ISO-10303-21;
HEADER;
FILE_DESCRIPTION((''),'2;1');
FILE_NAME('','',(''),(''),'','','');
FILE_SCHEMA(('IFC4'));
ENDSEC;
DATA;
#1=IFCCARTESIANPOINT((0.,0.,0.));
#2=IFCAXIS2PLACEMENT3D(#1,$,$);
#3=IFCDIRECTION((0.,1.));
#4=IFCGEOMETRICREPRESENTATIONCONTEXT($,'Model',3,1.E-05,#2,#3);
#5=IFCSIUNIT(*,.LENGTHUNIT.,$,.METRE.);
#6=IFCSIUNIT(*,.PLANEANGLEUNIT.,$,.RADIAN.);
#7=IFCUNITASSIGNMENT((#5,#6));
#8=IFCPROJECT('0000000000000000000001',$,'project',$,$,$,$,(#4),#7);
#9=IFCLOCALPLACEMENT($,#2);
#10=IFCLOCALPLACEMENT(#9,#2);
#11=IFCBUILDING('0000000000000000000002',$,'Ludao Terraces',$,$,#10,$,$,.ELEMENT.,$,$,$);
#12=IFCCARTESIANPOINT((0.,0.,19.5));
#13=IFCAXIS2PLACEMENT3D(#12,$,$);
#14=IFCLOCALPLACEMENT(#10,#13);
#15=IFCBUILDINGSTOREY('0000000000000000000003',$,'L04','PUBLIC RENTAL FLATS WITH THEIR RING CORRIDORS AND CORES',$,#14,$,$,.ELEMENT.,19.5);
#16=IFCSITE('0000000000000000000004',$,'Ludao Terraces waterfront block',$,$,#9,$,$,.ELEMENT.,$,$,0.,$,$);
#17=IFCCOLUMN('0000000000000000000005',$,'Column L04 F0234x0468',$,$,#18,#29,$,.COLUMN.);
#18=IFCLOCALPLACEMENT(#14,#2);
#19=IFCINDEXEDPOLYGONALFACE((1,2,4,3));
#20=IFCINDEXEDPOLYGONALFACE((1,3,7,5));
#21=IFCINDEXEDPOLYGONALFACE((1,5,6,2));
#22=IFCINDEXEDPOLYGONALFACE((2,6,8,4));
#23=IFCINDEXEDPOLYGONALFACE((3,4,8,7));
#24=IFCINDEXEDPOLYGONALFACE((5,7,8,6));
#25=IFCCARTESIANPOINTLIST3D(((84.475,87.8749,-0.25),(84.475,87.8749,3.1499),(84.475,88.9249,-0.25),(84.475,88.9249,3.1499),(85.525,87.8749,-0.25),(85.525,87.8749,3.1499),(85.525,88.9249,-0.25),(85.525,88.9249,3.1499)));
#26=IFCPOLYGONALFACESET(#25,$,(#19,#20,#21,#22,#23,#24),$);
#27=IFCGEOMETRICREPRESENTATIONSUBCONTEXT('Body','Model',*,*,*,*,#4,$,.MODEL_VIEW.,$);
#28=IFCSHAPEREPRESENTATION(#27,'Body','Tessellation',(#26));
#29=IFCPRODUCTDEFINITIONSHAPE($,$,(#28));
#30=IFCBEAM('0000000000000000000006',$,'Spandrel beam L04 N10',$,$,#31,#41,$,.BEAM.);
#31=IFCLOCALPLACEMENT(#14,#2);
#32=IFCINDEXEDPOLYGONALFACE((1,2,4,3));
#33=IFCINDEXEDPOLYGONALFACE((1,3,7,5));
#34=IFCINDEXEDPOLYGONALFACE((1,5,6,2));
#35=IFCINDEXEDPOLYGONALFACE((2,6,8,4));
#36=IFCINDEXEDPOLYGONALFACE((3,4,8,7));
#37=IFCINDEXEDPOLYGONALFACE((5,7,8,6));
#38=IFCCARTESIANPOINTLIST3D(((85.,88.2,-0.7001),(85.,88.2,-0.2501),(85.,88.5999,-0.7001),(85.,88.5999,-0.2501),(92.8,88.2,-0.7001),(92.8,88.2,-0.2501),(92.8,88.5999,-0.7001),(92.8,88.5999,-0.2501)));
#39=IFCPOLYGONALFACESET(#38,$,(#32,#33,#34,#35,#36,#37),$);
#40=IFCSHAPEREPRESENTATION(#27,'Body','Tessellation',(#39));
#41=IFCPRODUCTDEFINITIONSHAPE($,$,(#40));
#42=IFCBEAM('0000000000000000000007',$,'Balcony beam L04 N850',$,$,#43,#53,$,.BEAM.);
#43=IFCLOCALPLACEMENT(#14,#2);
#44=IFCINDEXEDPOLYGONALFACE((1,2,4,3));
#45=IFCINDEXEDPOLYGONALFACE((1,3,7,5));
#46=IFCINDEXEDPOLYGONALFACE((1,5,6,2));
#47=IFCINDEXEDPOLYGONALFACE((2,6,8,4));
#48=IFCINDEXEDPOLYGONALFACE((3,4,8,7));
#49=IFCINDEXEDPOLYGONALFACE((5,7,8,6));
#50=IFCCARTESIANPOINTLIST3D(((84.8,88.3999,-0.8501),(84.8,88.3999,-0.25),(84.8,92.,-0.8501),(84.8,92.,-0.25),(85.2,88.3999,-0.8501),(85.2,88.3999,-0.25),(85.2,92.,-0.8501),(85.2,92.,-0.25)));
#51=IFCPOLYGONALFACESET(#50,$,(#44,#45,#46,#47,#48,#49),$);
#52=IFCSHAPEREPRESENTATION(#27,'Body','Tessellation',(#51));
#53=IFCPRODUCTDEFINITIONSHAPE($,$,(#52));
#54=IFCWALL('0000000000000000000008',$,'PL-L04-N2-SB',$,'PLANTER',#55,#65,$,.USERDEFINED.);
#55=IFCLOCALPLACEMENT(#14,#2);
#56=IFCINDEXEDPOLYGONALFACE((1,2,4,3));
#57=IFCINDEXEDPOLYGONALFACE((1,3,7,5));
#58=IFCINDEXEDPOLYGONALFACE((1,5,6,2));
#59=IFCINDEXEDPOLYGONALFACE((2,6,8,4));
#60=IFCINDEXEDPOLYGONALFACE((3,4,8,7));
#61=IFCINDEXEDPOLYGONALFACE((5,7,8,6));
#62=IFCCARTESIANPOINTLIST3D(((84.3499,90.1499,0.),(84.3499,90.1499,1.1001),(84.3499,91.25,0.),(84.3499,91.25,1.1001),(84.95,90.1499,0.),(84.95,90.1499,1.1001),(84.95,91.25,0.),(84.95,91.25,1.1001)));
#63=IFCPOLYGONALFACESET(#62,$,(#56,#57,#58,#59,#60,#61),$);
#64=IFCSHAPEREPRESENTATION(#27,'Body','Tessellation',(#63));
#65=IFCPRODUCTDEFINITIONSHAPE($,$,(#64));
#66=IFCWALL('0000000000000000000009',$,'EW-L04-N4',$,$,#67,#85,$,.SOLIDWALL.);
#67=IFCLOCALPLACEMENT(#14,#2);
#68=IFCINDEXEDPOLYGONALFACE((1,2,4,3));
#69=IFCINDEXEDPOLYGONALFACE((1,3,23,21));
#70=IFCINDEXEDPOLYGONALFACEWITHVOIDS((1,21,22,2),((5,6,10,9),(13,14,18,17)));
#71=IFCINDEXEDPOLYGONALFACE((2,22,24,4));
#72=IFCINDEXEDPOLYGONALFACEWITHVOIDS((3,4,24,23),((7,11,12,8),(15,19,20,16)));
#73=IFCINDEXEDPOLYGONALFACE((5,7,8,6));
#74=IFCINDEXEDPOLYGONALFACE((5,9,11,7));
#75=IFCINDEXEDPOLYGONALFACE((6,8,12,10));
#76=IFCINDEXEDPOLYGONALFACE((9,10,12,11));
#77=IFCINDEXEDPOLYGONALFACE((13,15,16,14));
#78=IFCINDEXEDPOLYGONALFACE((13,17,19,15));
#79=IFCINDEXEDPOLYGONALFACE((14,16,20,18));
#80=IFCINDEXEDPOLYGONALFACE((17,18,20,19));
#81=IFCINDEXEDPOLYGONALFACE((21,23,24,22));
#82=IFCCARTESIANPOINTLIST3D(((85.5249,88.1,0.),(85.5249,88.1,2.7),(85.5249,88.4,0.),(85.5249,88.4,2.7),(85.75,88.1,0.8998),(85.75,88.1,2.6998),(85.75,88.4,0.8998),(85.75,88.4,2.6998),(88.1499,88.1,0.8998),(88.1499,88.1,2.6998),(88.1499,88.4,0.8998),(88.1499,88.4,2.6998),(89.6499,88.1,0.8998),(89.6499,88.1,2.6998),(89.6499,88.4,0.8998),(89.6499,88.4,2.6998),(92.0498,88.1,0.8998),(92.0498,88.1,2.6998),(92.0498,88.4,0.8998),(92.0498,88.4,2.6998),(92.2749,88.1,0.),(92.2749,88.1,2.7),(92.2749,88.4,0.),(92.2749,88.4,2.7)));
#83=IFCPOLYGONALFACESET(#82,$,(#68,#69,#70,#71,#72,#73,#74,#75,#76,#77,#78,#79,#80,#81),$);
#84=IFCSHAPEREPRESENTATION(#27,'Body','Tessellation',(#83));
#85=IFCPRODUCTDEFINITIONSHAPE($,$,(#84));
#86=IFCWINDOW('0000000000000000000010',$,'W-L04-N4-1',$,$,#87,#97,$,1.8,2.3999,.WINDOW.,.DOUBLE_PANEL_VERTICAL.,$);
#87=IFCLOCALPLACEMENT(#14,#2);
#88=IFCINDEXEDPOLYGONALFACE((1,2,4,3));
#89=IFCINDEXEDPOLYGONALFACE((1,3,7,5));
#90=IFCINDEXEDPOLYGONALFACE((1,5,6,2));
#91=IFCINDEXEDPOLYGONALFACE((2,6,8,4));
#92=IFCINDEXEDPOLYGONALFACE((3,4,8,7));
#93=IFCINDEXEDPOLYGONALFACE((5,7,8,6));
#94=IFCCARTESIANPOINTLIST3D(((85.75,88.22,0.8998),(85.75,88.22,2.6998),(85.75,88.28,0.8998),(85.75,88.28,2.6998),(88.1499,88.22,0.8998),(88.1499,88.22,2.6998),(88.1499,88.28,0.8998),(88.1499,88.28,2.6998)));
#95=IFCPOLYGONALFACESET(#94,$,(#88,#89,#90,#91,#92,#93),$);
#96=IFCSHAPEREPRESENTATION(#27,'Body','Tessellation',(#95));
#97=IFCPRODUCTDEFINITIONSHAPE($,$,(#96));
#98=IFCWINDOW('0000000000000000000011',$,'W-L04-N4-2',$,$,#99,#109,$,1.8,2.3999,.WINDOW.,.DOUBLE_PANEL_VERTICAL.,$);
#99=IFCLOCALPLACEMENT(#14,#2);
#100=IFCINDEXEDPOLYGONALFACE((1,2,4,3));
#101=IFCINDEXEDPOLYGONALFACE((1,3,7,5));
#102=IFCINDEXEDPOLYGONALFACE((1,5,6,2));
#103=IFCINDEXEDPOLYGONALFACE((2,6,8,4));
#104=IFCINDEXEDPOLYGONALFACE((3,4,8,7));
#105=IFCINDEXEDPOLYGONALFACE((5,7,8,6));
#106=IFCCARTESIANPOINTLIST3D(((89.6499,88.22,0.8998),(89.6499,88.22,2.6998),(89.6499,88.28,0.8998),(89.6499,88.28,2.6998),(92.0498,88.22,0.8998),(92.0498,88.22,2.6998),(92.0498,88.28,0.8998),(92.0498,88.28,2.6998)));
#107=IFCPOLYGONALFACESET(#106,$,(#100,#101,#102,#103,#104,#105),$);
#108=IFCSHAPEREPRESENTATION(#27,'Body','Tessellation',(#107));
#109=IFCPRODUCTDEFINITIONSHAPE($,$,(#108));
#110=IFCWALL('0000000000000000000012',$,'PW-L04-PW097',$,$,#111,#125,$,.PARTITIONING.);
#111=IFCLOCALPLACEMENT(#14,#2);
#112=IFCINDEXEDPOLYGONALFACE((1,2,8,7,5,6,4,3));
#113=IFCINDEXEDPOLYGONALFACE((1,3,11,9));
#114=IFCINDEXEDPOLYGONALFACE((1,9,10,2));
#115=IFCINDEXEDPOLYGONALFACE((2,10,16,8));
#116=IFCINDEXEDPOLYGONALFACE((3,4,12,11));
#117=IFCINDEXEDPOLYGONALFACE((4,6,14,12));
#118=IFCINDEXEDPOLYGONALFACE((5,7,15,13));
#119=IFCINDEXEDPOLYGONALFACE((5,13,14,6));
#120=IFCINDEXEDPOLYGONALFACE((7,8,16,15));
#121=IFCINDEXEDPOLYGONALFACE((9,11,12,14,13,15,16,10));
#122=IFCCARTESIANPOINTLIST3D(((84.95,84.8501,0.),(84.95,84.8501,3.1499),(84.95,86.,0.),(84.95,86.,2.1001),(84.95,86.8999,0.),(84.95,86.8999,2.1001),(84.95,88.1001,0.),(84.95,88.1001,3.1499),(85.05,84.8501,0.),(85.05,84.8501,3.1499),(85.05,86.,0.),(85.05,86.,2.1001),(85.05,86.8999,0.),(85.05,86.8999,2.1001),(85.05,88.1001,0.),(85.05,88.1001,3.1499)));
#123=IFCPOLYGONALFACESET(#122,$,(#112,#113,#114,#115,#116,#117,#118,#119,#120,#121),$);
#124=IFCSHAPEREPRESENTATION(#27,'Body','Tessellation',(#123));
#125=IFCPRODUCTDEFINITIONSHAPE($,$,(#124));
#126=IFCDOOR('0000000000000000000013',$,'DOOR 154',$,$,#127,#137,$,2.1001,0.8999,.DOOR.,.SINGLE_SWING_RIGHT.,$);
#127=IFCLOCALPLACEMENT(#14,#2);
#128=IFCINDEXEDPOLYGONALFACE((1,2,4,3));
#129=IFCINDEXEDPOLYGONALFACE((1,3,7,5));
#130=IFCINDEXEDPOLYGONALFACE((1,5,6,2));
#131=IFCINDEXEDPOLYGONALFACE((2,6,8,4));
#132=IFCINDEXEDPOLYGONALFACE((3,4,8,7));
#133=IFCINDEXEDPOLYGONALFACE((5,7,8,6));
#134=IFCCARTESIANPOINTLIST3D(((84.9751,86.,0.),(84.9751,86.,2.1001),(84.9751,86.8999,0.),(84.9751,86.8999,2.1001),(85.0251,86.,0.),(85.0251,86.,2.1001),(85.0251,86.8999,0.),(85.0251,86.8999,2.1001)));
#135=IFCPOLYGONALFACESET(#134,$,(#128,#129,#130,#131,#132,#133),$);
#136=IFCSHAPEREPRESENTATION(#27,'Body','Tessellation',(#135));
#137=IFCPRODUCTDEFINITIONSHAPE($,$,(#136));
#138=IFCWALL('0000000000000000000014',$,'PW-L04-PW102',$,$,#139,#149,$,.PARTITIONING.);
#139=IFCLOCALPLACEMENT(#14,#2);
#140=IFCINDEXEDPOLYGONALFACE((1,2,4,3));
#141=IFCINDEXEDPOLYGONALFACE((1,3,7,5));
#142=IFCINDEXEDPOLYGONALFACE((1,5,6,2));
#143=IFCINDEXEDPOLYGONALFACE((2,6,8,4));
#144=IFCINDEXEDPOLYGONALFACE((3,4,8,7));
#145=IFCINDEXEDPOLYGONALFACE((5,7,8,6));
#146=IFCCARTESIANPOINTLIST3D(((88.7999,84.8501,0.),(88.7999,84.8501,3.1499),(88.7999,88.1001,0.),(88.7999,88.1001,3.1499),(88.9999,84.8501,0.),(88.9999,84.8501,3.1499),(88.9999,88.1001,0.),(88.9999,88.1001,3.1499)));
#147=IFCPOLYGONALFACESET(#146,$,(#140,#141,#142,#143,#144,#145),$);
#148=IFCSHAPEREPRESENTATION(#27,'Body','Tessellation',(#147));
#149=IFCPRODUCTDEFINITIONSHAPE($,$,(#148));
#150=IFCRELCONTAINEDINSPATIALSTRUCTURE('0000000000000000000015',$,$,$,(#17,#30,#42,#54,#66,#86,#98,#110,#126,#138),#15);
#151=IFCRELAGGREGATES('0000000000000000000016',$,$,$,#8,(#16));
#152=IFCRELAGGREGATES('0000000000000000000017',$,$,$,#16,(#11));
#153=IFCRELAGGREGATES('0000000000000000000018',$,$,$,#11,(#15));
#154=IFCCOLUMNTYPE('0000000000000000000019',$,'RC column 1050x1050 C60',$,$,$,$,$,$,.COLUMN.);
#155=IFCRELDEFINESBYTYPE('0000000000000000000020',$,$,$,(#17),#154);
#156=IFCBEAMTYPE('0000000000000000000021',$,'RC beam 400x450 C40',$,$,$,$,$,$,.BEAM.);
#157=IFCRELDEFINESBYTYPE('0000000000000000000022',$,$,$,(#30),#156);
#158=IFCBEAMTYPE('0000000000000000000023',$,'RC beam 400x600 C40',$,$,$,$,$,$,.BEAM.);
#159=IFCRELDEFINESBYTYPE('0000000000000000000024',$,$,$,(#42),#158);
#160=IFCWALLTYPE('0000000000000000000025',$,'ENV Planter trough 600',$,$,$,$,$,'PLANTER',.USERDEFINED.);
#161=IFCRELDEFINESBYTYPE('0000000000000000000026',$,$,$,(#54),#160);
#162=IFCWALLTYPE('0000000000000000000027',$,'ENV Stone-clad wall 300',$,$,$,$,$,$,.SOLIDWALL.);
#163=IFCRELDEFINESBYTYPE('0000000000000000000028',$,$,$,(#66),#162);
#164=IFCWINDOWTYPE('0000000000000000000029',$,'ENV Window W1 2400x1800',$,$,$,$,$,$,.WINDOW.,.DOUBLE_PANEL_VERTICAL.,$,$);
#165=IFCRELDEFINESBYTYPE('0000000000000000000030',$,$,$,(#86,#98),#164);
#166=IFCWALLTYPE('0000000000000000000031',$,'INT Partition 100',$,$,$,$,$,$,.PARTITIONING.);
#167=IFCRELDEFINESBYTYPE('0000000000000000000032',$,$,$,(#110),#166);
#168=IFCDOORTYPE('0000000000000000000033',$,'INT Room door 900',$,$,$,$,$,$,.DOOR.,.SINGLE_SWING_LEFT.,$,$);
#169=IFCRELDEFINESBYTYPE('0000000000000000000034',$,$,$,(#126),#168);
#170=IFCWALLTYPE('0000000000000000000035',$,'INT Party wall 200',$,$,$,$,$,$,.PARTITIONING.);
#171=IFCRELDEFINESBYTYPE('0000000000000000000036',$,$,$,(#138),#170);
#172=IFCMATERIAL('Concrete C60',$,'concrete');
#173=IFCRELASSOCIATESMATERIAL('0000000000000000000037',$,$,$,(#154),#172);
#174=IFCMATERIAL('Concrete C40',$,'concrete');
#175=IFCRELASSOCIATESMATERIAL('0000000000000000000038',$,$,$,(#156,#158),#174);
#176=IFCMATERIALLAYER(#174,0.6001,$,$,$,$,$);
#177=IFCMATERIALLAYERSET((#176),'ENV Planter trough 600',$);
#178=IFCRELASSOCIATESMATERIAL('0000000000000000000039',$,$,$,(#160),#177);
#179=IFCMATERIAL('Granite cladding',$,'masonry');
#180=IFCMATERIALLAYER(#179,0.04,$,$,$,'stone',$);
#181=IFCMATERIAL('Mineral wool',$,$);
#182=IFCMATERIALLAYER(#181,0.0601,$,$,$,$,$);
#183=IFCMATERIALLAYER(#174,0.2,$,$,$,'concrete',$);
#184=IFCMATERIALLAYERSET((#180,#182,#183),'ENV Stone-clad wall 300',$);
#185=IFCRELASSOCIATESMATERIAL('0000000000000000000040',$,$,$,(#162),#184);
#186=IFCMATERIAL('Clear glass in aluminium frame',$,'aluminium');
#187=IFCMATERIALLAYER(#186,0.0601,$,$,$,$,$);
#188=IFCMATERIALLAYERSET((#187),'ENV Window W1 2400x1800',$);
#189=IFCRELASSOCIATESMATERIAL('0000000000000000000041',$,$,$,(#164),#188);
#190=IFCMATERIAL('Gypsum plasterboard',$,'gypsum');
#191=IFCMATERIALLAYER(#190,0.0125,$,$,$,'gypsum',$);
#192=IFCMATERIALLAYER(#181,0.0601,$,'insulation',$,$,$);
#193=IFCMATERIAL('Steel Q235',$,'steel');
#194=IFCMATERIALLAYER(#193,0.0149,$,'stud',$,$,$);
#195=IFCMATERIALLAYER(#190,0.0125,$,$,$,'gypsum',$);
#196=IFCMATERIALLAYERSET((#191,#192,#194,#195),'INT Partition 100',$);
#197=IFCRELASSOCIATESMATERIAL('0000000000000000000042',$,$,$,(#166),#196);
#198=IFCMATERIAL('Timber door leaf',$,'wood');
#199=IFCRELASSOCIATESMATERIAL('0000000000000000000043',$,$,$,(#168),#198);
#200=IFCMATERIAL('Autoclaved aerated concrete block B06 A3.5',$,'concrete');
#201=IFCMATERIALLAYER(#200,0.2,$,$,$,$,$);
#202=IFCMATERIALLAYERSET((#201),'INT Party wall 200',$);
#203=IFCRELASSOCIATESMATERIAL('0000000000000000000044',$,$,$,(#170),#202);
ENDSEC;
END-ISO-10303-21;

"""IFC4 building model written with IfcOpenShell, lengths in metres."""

from ifc_helpers import new_model, si_unit, direction, frame, frame_2d, origin, origin_2d, place, context, subcontext, project, spatial, rectangle, extrude, material, layer, layer_set, material_profile, profile_set, type_object, element, fill, save


model = new_model("IFC4")

# Units and contexts
model_context = context("Model", 3, precision=1e-05, world=origin(), true_north=direction((0.0, 1.0)))
body_context = subcontext(model_context, "Body", "Model", "MODEL_VIEW")
ifc_project = project(units=[si_unit("LENGTHUNIT", "METRE"), si_unit("PLANEANGLEUNIT", "RADIAN")], contexts=[model_context])

# Site, building, storey
site_placement = place(None, origin())
site = spatial("IfcSite", under=ifc_project, at=site_placement, Name="Ludao Terraces waterfront block", CompositionType="ELEMENT", RefElevation=0.0)
building_placement = place(site_placement, origin())
building = spatial("IfcBuilding", under=site, at=building_placement, Name="Ludao Terraces", CompositionType="ELEMENT")
storey_placement = place(building_placement, frame((0.0, 0.0, 19.5)))
storey = spatial("IfcBuildingStorey", under=building, at=storey_placement, Name="L04", Description="PUBLIC RENTAL FLATS WITH THEIR RING CORRIDORS AND CORES", CompositionType="ELEMENT", Elevation=19.5)

# Column
ifc_material_1 = material(Name="Concrete C60", Category="concrete")
ifc_material_profile_1 = material_profile(ifc_material_1, rectangle(XDim=1.05, YDim=1.05, at=origin_2d()), Name="1050 X 1050")
ifc_profile_set_1 = profile_set([ifc_material_profile_1], Name="Concrete C60")
column_type = type_object("IfcColumnType", Name="RC column 1050x1050 C60", PredefinedType="COLUMN", material=ifc_profile_set_1)
column_placement = place(storey_placement, frame((85.0, 88.3999, -0.25), z_axis=(0.0, 0.0, 1.0), x_axis=(1.0, 0.0, 0.0)))
element("IfcColumn", 1, at=column_placement, inside=storey, type_object=column_type, Name="Column L04 F0234x0468", PredefinedType="COLUMN", context=body_context, shape_type="SweptSolid", body=[
    extrude(rectangle(XDim=1.05, YDim=1.05, at=origin_2d()), origin(), (0.0, 0.0, 1.0), 3.3999),
])

# Beams
ifc_material_2 = material(Name="Concrete C40", Category="concrete")
ifc_material_profile_2 = material_profile(ifc_material_2, rectangle(XDim=0.3999, YDim=0.45, at=origin_2d()), Name="400 X 450")
ifc_profile_set_2 = profile_set([ifc_material_profile_2], Name="Concrete C40")
beam_type_1 = type_object("IfcBeamType", Name="RC beam 400x450 C40", PredefinedType="BEAM", material=ifc_profile_set_2)
beam_1_placement = place(storey_placement, frame((85.0, 88.3999, -0.4751), z_axis=(1.0, 0.0, 0.0), x_axis=(0.0, 1.0, 0.0)))
element("IfcBeam", 2, at=beam_1_placement, inside=storey, type_object=beam_type_1, Name="Spandrel beam L04 N10", PredefinedType="BEAM", context=body_context, shape_type="SweptSolid", body=[
    extrude(rectangle(XDim=0.3999, YDim=0.45, at=origin_2d()), origin(), (0.0, 0.0, 1.0), 7.8),
])
ifc_material_profile_3 = material_profile(ifc_material_2, rectangle(XDim=0.3999, YDim=0.6001, at=origin_2d()), Name="400 X 600")
ifc_profile_set_3 = profile_set([ifc_material_profile_3], Name="Concrete C40")
beam_type_2 = type_object("IfcBeamType", Name="RC beam 400x600 C40", PredefinedType="BEAM", material=ifc_profile_set_3)
beam_2_placement = place(storey_placement, frame((85.0, 88.3999, -0.55), z_axis=(0.0, 1.0, 0.0), x_axis=(-1.0, 0.0, 0.0)))
element("IfcBeam", 3, at=beam_2_placement, inside=storey, type_object=beam_type_2, Name="Balcony beam L04 N850", PredefinedType="BEAM", context=body_context, shape_type="SweptSolid", body=[
    extrude(rectangle(XDim=0.3999, YDim=0.6001, at=origin_2d()), origin(), (0.0, 0.0, 1.0), 3.6001),
])

# Wall
ifc_layer_1 = layer(ifc_material_2, 0.6001)
ifc_layer_set_1 = layer_set([ifc_layer_1], Name="ENV Planter trough 600")
wall_type_1 = type_object("IfcWallType", Name="ENV Planter trough 600", ElementType="PLANTER", PredefinedType="USERDEFINED", material=ifc_layer_set_1)
wall_1_placement = place(storey_placement, frame((84.6499, 91.25, 0.0), z_axis=(0.0, 0.0, 1.0), x_axis=(0.0, -1.0, 0.0)))
element("IfcWall", 4, at=wall_1_placement, inside=storey, type_object=wall_type_1, Name="PL-L04-N2-SB", ObjectType="PLANTER", PredefinedType="USERDEFINED", context=body_context, shape_type="SweptSolid", body=[
    extrude(rectangle(XDim=1.1001, YDim=0.6001, at=frame_2d((0.55, 0.0))), origin(), (0.0, 0.0, 1.0), 1.1001),
])

# Wall, openings, windows
ifc_material_3 = material(Name="Granite cladding", Category="masonry")
ifc_layer_2 = layer(ifc_material_3, 0.04, Category="stone")
ifc_material_4 = material(Name="Mineral wool")
ifc_layer_3 = layer(ifc_material_4, 0.0601)
ifc_layer_4 = layer(ifc_material_2, 0.2, Category="concrete")
ifc_layer_set_2 = layer_set([ifc_layer_2, ifc_layer_3, ifc_layer_4], Name="ENV Stone-clad wall 300")
wall_type_2 = type_object("IfcWallType", Name="ENV Stone-clad wall 300", PredefinedType="SOLIDWALL", material=ifc_layer_set_2)
wall_2_placement = place(storey_placement, frame((85.5249, 88.25, 0.0), z_axis=(0.0, 0.0, 1.0), x_axis=(1.0, 0.0, 0.0)))
wall_2 = element("IfcWall", 5, at=wall_2_placement, inside=storey, type_object=wall_type_2, Name="EW-L04-N4", PredefinedType="SOLIDWALL", context=body_context, shape_type="SweptSolid", body=[
    extrude(rectangle(XDim=6.75, YDim=0.3, at=frame_2d((3.375, 0.0))), origin(), (0.0, 0.0, 1.0), 2.7),
])
opening_1_placement = place(wall_2_placement, frame((0.2251, 0.0, 0.8999)))
opening_1 = element("IfcOpeningElement", 6, at=opening_1_placement, cuts=wall_2, PredefinedType="OPENING", context=body_context, shape_type="SweptSolid", body=[
    extrude(rectangle(XDim=2.3999, YDim=1.8, at=frame_2d((1.2, 0.8999))), frame((0.0, 0.1602, 0.0), z_axis=(0.0, -1.0, 0.0), x_axis=(1.0, 0.0, 0.0)), (0.0, 0.0, 1.0), 0.3201),
])
opening_2_placement = place(wall_2_placement, frame((4.125, 0.0, 0.8999)))
opening_2 = element("IfcOpeningElement", 7, at=opening_2_placement, cuts=wall_2, PredefinedType="OPENING", context=body_context, shape_type="SweptSolid", body=[
    extrude(rectangle(XDim=2.3999, YDim=1.8, at=frame_2d((1.2, 0.8999))), frame((0.0, 0.1602, 0.0), z_axis=(0.0, -1.0, 0.0), x_axis=(1.0, 0.0, 0.0)), (0.0, 0.0, 1.0), 0.3201),
])
ifc_material_5 = material(Name="Clear glass in aluminium frame", Category="aluminium")
ifc_layer_5 = layer(ifc_material_5, 0.0601)
ifc_layer_set_3 = layer_set([ifc_layer_5], Name="ENV Window W1 2400x1800")
window_type = type_object("IfcWindowType", Name="ENV Window W1 2400x1800", PartitioningType="DOUBLE_PANEL_VERTICAL", PredefinedType="WINDOW", material=ifc_layer_set_3)
window_1_placement = place(opening_1_placement, origin())
window_1 = element("IfcWindow", 8, at=window_1_placement, inside=storey, type_object=window_type, Name="W-L04-N4-1", OverallHeight=1.8, OverallWidth=2.3999, PartitioningType="DOUBLE_PANEL_VERTICAL", PredefinedType="WINDOW", context=body_context, shape_type="SweptSolid", body=[
    extrude(rectangle(XDim=2.3999, YDim=1.8, at=frame_2d((1.2, 0.8999))), frame((0.0, 0.03, 0.0), z_axis=(0.0, -1.0, 0.0), x_axis=(1.0, 0.0, 0.0)), (0.0, 0.0, 1.0), 0.0601),
])
fill(opening_1, window_1)
window_2_placement = place(opening_2_placement, origin())
window_2 = element("IfcWindow", 9, at=window_2_placement, inside=storey, type_object=window_type, Name="W-L04-N4-2", OverallHeight=1.8, OverallWidth=2.3999, PartitioningType="DOUBLE_PANEL_VERTICAL", PredefinedType="WINDOW", context=body_context, shape_type="SweptSolid", body=[
    extrude(rectangle(XDim=2.3999, YDim=1.8, at=frame_2d((1.2, 0.8999))), frame((0.0, 0.03, 0.0), z_axis=(0.0, -1.0, 0.0), x_axis=(1.0, 0.0, 0.0)), (0.0, 0.0, 1.0), 0.0601),
])
fill(opening_2, window_2)

# Wall, opening, door
ifc_material_6 = material(Name="Gypsum plasterboard", Category="gypsum")
ifc_layer_6 = layer(ifc_material_6, 0.0125, Category="gypsum")
ifc_layer_7 = layer(ifc_material_4, 0.0601, Name="insulation")
ifc_material_7 = material(Name="Steel Q235", Category="steel")
ifc_layer_8 = layer(ifc_material_7, 0.0149, Name="stud")
ifc_layer_9 = layer(ifc_material_6, 0.0125, Category="gypsum")
ifc_layer_set_4 = layer_set([ifc_layer_6, ifc_layer_7, ifc_layer_8, ifc_layer_9], Name="INT Partition 100")
wall_type_3 = type_object("IfcWallType", Name="INT Partition 100", PredefinedType="PARTITIONING", material=ifc_layer_set_4)
wall_3_placement = place(storey_placement, frame((85.0, 84.8501, 0.0), z_axis=(0.0, 0.0, 1.0), x_axis=(0.0, 1.0, 0.0)))
wall_3 = element("IfcWall", 10, at=wall_3_placement, inside=storey, type_object=wall_type_3, Name="PW-L04-PW097", PredefinedType="PARTITIONING", context=body_context, shape_type="SweptSolid", body=[
    extrude(rectangle(XDim=3.25, YDim=0.1001, at=frame_2d((1.625, 0.0))), origin(), (0.0, 0.0, 1.0), 3.1499),
])
opening_3_placement = place(wall_3_placement, frame((1.1499, 0.0, 0.0)))
opening_3 = element("IfcOpeningElement", 11, at=opening_3_placement, cuts=wall_3, PredefinedType="OPENING", context=body_context, shape_type="SweptSolid", body=[
    extrude(rectangle(XDim=0.8999, YDim=2.1001, at=frame_2d((0.45, 1.05))), frame((0.0, 0.0601, 0.0), z_axis=(0.0, -1.0, 0.0), x_axis=(1.0, 0.0, 0.0)), (0.0, 0.0, 1.0), 0.1201),
])
ifc_material_8 = material(Name="Timber door leaf", Category="wood")
door_type_1 = type_object("IfcDoorType", Name="INT Room door 900", OperationType="SINGLE_SWING_LEFT", PredefinedType="DOOR", material=ifc_material_8)
door_1_placement = place(opening_3_placement, origin())
door_1 = element("IfcDoor", 12, at=door_1_placement, inside=storey, type_object=door_type_1, Name="DOOR 154", OperationType="SINGLE_SWING_RIGHT", OverallHeight=2.1001, OverallWidth=0.8999, PredefinedType="DOOR", context=body_context, shape_type="SweptSolid", body=[
    extrude(rectangle(XDim=0.8999, YDim=2.1001, at=frame_2d((0.45, 1.05))), frame((0.0, 0.0249, 0.0), z_axis=(0.0, -1.0, 0.0), x_axis=(1.0, 0.0, 0.0)), (0.0, 0.0, 1.0), 0.05),
])
fill(opening_3, door_1)

# Wall
ifc_material_9 = material(Name="Autoclaved aerated concrete block B06 A3.5", Category="concrete")
ifc_layer_10 = layer(ifc_material_9, 0.2)
ifc_layer_set_5 = layer_set([ifc_layer_10], Name="INT Party wall 200")
wall_type_4 = type_object("IfcWallType", Name="INT Party wall 200", PredefinedType="PARTITIONING", material=ifc_layer_set_5)
wall_4_placement = place(storey_placement, frame((88.8999, 84.8501, 0.0), z_axis=(0.0, 0.0, 1.0), x_axis=(0.0, 1.0, 0.0)))
element("IfcWall", 13, at=wall_4_placement, inside=storey, type_object=wall_type_4, Name="PW-L04-PW102", PredefinedType="PARTITIONING", context=body_context, shape_type="SweptSolid", body=[
    extrude(rectangle(XDim=3.25, YDim=0.2, at=frame_2d((1.625, 0.0))), origin(), (0.0, 0.0, 1.0), 3.1499),
])

save(model, "model.ifc")
